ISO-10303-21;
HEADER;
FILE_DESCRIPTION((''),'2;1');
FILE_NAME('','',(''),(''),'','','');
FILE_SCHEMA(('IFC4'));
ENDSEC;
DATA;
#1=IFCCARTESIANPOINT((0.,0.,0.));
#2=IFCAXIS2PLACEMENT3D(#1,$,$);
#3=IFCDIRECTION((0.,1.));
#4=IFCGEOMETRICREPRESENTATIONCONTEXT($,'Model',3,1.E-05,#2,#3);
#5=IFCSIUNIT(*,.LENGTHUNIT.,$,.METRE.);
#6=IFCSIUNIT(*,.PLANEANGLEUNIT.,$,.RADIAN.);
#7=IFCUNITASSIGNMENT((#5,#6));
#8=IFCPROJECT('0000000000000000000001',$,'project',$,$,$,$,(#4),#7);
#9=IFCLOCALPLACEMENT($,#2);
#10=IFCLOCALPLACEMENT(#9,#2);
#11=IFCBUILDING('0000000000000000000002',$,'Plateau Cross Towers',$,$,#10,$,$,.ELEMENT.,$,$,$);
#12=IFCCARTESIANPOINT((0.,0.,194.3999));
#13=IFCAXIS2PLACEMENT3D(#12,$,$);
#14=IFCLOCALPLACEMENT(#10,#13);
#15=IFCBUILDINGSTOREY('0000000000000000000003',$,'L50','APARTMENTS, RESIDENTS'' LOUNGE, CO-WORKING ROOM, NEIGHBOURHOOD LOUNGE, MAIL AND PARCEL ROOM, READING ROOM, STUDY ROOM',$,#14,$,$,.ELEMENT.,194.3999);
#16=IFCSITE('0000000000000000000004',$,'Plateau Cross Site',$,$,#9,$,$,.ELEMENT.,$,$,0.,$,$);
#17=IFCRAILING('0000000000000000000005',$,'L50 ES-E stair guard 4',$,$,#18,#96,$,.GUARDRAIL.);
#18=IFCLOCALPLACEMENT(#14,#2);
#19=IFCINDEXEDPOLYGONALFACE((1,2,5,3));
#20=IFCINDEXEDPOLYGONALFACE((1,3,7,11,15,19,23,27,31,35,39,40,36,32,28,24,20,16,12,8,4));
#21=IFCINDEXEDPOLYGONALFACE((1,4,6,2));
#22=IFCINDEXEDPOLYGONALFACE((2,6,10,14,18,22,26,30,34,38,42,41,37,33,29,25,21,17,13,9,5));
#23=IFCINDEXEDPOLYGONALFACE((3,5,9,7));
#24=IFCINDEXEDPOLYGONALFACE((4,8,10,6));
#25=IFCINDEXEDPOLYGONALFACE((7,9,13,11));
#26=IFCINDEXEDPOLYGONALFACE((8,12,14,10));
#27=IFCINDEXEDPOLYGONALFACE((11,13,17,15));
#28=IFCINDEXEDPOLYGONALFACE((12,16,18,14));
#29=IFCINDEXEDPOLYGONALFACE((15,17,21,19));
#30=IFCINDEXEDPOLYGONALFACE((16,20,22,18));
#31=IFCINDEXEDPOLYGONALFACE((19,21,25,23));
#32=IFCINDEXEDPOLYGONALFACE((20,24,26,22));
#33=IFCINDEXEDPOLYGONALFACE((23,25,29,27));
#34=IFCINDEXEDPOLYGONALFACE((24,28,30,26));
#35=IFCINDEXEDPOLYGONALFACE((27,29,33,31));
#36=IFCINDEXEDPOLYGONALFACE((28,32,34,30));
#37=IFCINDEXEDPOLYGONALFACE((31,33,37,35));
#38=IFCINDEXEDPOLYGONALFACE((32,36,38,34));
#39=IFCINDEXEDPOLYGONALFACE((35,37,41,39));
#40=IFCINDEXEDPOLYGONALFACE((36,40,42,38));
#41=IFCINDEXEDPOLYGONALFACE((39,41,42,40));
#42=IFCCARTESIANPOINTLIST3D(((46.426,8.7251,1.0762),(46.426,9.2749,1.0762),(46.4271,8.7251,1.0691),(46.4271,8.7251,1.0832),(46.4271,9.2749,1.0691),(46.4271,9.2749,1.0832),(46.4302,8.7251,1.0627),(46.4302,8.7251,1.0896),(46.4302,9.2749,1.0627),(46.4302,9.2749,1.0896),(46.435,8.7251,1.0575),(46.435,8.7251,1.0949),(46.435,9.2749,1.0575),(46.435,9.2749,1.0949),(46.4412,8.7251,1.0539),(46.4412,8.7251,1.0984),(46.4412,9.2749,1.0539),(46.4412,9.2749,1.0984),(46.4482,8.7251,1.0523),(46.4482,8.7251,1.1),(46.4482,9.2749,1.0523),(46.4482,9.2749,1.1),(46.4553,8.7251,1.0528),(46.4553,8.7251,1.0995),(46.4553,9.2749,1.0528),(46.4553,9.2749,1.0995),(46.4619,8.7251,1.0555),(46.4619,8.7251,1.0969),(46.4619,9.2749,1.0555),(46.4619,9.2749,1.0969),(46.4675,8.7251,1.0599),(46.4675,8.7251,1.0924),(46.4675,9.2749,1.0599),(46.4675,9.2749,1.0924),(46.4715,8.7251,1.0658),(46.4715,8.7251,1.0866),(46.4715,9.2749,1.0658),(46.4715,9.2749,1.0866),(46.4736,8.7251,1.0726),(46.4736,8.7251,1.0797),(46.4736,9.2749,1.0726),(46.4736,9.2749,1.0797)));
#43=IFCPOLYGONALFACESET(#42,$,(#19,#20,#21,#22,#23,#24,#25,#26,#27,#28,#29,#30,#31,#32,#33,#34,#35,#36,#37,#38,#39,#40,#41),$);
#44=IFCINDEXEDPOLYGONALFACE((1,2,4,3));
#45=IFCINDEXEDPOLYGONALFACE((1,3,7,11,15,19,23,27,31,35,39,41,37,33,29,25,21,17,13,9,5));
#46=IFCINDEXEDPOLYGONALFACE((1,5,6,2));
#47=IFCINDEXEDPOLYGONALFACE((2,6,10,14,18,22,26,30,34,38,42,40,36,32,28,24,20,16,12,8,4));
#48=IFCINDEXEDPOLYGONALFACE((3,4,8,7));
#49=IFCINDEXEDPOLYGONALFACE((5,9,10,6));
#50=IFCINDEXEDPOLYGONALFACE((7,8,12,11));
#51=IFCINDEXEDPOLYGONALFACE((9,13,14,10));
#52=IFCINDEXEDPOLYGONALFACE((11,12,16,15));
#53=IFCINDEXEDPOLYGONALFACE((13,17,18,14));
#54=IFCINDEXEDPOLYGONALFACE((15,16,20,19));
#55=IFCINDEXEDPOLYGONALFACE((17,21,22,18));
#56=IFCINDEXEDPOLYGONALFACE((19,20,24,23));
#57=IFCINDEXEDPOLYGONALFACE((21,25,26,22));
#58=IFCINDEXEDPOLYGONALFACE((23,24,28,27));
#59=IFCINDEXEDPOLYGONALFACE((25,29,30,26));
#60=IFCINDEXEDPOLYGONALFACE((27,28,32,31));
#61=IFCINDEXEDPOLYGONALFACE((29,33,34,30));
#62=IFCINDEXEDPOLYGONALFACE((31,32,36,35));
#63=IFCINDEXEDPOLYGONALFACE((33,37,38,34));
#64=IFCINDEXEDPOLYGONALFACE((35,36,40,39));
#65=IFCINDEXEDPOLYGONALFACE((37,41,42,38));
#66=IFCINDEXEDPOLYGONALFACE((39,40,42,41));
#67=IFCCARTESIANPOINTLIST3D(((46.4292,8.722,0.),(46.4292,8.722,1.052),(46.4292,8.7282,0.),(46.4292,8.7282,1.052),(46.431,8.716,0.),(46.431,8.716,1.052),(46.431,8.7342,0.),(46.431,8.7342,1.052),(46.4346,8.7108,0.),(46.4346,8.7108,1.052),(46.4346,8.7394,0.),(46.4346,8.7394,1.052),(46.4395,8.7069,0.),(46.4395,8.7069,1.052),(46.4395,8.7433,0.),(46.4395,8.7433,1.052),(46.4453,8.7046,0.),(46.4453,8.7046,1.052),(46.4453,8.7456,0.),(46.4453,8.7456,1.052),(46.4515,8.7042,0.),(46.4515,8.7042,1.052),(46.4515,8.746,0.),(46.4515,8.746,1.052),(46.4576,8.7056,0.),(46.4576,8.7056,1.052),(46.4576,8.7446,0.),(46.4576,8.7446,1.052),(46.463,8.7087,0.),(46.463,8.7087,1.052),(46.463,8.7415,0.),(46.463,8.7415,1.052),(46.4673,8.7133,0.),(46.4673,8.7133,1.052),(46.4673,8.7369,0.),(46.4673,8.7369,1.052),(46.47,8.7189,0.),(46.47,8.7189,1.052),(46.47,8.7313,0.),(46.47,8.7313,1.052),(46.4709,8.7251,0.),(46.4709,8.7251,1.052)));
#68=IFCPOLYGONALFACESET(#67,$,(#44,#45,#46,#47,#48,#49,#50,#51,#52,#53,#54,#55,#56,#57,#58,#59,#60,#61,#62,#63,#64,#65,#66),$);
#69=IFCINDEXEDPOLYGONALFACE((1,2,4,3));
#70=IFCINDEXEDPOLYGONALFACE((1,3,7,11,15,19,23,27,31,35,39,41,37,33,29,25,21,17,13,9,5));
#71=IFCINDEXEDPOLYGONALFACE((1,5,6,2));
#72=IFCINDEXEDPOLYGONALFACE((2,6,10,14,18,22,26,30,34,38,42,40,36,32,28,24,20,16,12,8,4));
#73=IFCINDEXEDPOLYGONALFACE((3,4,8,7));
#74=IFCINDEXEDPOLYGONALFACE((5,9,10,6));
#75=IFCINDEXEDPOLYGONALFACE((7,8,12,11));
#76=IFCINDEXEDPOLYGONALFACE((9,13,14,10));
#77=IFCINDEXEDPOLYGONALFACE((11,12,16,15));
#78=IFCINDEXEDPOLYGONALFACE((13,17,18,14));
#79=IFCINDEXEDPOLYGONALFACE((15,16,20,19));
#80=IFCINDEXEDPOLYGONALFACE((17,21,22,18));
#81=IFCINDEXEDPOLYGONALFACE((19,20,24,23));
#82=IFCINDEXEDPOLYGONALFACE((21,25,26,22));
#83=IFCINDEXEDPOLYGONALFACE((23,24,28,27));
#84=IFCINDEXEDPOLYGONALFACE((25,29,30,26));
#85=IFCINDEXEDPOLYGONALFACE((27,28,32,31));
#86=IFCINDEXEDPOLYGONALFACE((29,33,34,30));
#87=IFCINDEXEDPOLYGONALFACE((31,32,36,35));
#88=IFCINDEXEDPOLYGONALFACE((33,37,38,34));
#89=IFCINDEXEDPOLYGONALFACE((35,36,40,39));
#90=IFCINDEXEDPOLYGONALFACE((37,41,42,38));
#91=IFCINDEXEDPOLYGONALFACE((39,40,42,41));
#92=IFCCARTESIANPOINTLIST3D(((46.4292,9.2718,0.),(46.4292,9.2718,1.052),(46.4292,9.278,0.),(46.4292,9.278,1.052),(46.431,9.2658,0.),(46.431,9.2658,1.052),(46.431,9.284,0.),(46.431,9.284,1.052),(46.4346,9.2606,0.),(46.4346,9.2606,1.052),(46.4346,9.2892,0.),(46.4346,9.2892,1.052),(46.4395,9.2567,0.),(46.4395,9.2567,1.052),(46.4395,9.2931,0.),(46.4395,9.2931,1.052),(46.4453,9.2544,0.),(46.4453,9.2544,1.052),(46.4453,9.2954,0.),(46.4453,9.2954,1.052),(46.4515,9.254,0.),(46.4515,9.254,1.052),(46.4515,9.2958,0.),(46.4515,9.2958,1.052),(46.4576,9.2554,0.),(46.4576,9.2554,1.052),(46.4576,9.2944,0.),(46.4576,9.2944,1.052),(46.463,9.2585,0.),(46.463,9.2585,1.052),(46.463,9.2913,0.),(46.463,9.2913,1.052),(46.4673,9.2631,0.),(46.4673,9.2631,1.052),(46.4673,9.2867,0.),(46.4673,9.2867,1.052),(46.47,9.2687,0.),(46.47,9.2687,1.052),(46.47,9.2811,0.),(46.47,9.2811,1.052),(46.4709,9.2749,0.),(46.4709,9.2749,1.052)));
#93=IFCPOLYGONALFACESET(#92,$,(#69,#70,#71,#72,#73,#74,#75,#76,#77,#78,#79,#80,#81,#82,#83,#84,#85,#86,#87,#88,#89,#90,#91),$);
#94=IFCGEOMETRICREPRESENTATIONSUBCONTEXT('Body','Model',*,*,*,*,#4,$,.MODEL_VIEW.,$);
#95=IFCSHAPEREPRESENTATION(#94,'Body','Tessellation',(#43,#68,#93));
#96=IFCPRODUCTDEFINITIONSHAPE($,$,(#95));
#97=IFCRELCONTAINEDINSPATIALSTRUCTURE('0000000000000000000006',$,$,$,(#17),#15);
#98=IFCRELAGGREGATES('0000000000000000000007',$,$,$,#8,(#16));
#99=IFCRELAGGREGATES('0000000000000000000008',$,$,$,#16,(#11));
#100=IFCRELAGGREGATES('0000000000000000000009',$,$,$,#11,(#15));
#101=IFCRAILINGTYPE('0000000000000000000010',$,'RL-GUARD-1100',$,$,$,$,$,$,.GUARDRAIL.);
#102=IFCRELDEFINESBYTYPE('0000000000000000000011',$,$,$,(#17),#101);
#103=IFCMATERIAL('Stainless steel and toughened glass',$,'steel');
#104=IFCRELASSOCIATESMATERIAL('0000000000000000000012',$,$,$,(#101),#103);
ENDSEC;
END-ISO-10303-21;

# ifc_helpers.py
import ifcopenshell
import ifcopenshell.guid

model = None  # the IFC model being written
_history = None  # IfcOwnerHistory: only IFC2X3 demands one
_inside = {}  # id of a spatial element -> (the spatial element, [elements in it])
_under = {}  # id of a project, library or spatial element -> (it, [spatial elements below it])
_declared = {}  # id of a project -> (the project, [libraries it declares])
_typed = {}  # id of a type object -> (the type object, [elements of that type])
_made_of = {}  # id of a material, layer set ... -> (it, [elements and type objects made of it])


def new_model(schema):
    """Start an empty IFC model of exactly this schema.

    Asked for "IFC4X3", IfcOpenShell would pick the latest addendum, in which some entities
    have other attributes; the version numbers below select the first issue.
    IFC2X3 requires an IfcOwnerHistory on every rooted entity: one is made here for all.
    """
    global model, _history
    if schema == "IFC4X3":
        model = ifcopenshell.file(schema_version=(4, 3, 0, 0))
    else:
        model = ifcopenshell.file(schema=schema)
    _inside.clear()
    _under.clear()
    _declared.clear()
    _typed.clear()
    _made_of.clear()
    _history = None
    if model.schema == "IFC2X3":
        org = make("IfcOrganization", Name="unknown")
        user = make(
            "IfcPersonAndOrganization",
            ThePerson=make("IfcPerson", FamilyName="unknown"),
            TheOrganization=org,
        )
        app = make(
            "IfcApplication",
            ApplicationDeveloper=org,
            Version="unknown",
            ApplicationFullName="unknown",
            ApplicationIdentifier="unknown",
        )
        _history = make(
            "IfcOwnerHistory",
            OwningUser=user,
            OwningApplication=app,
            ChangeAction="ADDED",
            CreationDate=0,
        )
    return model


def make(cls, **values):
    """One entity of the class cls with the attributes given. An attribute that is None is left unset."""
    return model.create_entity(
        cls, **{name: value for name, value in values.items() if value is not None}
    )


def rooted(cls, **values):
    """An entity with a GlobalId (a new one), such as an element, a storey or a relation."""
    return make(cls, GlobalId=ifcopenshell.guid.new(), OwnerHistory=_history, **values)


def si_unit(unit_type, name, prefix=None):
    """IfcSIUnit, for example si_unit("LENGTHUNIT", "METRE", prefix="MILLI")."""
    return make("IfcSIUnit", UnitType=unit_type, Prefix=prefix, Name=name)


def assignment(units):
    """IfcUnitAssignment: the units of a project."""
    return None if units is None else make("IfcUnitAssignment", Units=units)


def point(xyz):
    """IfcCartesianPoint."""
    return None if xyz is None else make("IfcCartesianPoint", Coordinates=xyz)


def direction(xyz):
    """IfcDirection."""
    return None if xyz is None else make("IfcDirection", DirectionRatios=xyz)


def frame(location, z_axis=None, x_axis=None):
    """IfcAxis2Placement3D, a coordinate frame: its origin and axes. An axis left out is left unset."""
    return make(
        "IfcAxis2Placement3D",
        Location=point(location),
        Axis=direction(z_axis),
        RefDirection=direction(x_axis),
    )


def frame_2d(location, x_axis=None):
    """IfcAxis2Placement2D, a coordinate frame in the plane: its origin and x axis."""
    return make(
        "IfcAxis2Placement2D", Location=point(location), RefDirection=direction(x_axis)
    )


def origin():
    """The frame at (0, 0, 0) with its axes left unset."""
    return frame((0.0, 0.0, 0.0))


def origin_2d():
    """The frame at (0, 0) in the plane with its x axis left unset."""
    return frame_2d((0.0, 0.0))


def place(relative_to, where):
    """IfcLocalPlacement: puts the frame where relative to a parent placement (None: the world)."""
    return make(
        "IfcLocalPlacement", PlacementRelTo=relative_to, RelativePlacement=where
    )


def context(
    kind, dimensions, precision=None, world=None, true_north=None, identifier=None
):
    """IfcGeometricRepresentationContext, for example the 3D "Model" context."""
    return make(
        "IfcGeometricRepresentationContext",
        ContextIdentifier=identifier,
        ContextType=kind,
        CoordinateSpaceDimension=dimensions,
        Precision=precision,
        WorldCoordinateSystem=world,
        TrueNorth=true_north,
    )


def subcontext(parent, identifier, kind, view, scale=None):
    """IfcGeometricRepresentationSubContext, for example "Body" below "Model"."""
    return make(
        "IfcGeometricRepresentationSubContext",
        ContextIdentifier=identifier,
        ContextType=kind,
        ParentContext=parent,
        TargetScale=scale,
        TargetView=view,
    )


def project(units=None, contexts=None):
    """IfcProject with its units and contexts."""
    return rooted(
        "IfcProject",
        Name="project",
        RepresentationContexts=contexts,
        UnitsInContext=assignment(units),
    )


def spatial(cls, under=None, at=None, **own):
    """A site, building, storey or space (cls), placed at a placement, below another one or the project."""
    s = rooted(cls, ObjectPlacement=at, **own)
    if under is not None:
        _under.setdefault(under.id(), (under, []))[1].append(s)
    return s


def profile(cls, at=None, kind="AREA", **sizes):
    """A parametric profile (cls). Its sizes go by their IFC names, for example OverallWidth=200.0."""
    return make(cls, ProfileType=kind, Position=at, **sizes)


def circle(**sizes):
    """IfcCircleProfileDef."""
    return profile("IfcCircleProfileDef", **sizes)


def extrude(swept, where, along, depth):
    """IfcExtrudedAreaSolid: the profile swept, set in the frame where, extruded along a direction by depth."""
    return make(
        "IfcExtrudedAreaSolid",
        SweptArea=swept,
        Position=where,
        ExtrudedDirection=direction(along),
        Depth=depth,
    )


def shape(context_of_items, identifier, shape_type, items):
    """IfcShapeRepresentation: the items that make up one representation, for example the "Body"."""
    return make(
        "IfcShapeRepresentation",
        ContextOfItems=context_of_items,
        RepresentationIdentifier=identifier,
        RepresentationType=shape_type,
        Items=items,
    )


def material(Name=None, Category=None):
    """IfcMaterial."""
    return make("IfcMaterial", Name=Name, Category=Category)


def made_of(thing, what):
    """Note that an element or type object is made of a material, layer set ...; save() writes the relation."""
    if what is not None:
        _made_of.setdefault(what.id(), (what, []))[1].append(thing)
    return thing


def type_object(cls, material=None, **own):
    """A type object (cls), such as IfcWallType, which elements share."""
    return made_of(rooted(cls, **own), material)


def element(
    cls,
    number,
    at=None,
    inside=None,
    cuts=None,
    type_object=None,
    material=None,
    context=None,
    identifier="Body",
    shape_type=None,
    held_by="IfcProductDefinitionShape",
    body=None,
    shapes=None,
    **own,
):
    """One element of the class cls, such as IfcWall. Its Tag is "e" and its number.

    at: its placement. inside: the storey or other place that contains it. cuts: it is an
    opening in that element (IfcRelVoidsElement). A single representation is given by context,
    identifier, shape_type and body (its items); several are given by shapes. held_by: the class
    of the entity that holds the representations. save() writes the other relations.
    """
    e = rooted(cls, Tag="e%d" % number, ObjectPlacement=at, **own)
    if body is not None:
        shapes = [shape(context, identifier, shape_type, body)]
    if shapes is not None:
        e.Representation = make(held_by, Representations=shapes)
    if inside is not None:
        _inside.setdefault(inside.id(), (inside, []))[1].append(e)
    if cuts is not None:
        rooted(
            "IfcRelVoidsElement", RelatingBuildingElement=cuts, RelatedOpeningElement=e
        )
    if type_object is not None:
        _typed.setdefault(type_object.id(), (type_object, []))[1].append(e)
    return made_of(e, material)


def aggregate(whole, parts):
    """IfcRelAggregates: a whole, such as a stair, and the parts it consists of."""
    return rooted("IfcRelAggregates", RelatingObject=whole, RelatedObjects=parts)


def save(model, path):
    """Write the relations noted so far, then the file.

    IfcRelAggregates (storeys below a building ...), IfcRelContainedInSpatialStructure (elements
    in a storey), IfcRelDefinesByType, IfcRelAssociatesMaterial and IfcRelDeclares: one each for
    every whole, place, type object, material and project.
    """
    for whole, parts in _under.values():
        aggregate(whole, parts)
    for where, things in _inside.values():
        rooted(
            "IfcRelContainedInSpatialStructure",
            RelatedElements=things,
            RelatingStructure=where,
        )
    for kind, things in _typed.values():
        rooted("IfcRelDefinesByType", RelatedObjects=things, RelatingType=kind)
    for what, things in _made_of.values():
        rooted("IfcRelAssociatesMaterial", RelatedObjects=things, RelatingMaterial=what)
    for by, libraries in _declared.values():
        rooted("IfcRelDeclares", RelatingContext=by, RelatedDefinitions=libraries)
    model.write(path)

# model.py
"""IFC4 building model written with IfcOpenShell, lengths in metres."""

from ifc_helpers import new_model, si_unit, direction, frame, origin, origin_2d, place, context, subcontext, project, spatial, circle, extrude, material, type_object, element, save


model = new_model("IFC4")

# Units and contexts
model_context = context("Model", 3, precision=1e-05, world=origin(), true_north=direction((0.0, 1.0)))
body_context = subcontext(model_context, "Body", "Model", "MODEL_VIEW")
ifc_project = project(units=[si_unit("LENGTHUNIT", "METRE"), si_unit("PLANEANGLEUNIT", "RADIAN")], contexts=[model_context])

# Site, building, storey
site_placement = place(None, origin())
site = spatial("IfcSite", under=ifc_project, at=site_placement, Name="Plateau Cross Site", CompositionType="ELEMENT", RefElevation=0.0)
building_placement = place(site_placement, origin())
building = spatial("IfcBuilding", under=site, at=building_placement, Name="Plateau Cross Towers", CompositionType="ELEMENT")
storey_placement = place(building_placement, frame((0.0, 0.0, 194.3999)))
storey = spatial("IfcBuildingStorey", under=building, at=storey_placement, Name="L50", Description="APARTMENTS, RESIDENTS' LOUNGE, CO-WORKING ROOM, NEIGHBOURHOOD LOUNGE, MAIL AND PARCEL ROOM, READING ROOM, STUDY ROOM", CompositionType="ELEMENT", Elevation=194.3999)

# Railing
ifc_material_1 = material(Name="Stainless steel and toughened glass", Category="steel")
railing_type_1 = type_object("IfcRailingType", Name="RL-GUARD-1100", PredefinedType="GUARDRAIL", material=ifc_material_1)
railing_1_placement = place(storey_placement, frame((46.45, 8.7251, 0.0)))
element("IfcRailing", 1, at=railing_1_placement, inside=storey, type_object=railing_type_1, Name="L50 ES-E stair guard 4", PredefinedType="GUARDRAIL", context=body_context, shape_type="SweptSolid", body=[
    extrude(circle(Radius=0.0239, at=origin_2d()), frame((0.0, 0.0, 1.0762), z_axis=(0.0, 1.0, 0.0), x_axis=(-1.0, 0.0, 0.0)), (0.0, 0.0, 1.0), 0.5498),
    extrude(circle(Radius=0.021, at=origin_2d()), origin(), (0.0, 0.0, 1.0), 1.052),
    extrude(circle(Radius=0.021, at=origin_2d()), frame((0.0, 0.5498, 0.0)), (0.0, 0.0, 1.0), 1.052),
])

save(model, "model.ifc")
